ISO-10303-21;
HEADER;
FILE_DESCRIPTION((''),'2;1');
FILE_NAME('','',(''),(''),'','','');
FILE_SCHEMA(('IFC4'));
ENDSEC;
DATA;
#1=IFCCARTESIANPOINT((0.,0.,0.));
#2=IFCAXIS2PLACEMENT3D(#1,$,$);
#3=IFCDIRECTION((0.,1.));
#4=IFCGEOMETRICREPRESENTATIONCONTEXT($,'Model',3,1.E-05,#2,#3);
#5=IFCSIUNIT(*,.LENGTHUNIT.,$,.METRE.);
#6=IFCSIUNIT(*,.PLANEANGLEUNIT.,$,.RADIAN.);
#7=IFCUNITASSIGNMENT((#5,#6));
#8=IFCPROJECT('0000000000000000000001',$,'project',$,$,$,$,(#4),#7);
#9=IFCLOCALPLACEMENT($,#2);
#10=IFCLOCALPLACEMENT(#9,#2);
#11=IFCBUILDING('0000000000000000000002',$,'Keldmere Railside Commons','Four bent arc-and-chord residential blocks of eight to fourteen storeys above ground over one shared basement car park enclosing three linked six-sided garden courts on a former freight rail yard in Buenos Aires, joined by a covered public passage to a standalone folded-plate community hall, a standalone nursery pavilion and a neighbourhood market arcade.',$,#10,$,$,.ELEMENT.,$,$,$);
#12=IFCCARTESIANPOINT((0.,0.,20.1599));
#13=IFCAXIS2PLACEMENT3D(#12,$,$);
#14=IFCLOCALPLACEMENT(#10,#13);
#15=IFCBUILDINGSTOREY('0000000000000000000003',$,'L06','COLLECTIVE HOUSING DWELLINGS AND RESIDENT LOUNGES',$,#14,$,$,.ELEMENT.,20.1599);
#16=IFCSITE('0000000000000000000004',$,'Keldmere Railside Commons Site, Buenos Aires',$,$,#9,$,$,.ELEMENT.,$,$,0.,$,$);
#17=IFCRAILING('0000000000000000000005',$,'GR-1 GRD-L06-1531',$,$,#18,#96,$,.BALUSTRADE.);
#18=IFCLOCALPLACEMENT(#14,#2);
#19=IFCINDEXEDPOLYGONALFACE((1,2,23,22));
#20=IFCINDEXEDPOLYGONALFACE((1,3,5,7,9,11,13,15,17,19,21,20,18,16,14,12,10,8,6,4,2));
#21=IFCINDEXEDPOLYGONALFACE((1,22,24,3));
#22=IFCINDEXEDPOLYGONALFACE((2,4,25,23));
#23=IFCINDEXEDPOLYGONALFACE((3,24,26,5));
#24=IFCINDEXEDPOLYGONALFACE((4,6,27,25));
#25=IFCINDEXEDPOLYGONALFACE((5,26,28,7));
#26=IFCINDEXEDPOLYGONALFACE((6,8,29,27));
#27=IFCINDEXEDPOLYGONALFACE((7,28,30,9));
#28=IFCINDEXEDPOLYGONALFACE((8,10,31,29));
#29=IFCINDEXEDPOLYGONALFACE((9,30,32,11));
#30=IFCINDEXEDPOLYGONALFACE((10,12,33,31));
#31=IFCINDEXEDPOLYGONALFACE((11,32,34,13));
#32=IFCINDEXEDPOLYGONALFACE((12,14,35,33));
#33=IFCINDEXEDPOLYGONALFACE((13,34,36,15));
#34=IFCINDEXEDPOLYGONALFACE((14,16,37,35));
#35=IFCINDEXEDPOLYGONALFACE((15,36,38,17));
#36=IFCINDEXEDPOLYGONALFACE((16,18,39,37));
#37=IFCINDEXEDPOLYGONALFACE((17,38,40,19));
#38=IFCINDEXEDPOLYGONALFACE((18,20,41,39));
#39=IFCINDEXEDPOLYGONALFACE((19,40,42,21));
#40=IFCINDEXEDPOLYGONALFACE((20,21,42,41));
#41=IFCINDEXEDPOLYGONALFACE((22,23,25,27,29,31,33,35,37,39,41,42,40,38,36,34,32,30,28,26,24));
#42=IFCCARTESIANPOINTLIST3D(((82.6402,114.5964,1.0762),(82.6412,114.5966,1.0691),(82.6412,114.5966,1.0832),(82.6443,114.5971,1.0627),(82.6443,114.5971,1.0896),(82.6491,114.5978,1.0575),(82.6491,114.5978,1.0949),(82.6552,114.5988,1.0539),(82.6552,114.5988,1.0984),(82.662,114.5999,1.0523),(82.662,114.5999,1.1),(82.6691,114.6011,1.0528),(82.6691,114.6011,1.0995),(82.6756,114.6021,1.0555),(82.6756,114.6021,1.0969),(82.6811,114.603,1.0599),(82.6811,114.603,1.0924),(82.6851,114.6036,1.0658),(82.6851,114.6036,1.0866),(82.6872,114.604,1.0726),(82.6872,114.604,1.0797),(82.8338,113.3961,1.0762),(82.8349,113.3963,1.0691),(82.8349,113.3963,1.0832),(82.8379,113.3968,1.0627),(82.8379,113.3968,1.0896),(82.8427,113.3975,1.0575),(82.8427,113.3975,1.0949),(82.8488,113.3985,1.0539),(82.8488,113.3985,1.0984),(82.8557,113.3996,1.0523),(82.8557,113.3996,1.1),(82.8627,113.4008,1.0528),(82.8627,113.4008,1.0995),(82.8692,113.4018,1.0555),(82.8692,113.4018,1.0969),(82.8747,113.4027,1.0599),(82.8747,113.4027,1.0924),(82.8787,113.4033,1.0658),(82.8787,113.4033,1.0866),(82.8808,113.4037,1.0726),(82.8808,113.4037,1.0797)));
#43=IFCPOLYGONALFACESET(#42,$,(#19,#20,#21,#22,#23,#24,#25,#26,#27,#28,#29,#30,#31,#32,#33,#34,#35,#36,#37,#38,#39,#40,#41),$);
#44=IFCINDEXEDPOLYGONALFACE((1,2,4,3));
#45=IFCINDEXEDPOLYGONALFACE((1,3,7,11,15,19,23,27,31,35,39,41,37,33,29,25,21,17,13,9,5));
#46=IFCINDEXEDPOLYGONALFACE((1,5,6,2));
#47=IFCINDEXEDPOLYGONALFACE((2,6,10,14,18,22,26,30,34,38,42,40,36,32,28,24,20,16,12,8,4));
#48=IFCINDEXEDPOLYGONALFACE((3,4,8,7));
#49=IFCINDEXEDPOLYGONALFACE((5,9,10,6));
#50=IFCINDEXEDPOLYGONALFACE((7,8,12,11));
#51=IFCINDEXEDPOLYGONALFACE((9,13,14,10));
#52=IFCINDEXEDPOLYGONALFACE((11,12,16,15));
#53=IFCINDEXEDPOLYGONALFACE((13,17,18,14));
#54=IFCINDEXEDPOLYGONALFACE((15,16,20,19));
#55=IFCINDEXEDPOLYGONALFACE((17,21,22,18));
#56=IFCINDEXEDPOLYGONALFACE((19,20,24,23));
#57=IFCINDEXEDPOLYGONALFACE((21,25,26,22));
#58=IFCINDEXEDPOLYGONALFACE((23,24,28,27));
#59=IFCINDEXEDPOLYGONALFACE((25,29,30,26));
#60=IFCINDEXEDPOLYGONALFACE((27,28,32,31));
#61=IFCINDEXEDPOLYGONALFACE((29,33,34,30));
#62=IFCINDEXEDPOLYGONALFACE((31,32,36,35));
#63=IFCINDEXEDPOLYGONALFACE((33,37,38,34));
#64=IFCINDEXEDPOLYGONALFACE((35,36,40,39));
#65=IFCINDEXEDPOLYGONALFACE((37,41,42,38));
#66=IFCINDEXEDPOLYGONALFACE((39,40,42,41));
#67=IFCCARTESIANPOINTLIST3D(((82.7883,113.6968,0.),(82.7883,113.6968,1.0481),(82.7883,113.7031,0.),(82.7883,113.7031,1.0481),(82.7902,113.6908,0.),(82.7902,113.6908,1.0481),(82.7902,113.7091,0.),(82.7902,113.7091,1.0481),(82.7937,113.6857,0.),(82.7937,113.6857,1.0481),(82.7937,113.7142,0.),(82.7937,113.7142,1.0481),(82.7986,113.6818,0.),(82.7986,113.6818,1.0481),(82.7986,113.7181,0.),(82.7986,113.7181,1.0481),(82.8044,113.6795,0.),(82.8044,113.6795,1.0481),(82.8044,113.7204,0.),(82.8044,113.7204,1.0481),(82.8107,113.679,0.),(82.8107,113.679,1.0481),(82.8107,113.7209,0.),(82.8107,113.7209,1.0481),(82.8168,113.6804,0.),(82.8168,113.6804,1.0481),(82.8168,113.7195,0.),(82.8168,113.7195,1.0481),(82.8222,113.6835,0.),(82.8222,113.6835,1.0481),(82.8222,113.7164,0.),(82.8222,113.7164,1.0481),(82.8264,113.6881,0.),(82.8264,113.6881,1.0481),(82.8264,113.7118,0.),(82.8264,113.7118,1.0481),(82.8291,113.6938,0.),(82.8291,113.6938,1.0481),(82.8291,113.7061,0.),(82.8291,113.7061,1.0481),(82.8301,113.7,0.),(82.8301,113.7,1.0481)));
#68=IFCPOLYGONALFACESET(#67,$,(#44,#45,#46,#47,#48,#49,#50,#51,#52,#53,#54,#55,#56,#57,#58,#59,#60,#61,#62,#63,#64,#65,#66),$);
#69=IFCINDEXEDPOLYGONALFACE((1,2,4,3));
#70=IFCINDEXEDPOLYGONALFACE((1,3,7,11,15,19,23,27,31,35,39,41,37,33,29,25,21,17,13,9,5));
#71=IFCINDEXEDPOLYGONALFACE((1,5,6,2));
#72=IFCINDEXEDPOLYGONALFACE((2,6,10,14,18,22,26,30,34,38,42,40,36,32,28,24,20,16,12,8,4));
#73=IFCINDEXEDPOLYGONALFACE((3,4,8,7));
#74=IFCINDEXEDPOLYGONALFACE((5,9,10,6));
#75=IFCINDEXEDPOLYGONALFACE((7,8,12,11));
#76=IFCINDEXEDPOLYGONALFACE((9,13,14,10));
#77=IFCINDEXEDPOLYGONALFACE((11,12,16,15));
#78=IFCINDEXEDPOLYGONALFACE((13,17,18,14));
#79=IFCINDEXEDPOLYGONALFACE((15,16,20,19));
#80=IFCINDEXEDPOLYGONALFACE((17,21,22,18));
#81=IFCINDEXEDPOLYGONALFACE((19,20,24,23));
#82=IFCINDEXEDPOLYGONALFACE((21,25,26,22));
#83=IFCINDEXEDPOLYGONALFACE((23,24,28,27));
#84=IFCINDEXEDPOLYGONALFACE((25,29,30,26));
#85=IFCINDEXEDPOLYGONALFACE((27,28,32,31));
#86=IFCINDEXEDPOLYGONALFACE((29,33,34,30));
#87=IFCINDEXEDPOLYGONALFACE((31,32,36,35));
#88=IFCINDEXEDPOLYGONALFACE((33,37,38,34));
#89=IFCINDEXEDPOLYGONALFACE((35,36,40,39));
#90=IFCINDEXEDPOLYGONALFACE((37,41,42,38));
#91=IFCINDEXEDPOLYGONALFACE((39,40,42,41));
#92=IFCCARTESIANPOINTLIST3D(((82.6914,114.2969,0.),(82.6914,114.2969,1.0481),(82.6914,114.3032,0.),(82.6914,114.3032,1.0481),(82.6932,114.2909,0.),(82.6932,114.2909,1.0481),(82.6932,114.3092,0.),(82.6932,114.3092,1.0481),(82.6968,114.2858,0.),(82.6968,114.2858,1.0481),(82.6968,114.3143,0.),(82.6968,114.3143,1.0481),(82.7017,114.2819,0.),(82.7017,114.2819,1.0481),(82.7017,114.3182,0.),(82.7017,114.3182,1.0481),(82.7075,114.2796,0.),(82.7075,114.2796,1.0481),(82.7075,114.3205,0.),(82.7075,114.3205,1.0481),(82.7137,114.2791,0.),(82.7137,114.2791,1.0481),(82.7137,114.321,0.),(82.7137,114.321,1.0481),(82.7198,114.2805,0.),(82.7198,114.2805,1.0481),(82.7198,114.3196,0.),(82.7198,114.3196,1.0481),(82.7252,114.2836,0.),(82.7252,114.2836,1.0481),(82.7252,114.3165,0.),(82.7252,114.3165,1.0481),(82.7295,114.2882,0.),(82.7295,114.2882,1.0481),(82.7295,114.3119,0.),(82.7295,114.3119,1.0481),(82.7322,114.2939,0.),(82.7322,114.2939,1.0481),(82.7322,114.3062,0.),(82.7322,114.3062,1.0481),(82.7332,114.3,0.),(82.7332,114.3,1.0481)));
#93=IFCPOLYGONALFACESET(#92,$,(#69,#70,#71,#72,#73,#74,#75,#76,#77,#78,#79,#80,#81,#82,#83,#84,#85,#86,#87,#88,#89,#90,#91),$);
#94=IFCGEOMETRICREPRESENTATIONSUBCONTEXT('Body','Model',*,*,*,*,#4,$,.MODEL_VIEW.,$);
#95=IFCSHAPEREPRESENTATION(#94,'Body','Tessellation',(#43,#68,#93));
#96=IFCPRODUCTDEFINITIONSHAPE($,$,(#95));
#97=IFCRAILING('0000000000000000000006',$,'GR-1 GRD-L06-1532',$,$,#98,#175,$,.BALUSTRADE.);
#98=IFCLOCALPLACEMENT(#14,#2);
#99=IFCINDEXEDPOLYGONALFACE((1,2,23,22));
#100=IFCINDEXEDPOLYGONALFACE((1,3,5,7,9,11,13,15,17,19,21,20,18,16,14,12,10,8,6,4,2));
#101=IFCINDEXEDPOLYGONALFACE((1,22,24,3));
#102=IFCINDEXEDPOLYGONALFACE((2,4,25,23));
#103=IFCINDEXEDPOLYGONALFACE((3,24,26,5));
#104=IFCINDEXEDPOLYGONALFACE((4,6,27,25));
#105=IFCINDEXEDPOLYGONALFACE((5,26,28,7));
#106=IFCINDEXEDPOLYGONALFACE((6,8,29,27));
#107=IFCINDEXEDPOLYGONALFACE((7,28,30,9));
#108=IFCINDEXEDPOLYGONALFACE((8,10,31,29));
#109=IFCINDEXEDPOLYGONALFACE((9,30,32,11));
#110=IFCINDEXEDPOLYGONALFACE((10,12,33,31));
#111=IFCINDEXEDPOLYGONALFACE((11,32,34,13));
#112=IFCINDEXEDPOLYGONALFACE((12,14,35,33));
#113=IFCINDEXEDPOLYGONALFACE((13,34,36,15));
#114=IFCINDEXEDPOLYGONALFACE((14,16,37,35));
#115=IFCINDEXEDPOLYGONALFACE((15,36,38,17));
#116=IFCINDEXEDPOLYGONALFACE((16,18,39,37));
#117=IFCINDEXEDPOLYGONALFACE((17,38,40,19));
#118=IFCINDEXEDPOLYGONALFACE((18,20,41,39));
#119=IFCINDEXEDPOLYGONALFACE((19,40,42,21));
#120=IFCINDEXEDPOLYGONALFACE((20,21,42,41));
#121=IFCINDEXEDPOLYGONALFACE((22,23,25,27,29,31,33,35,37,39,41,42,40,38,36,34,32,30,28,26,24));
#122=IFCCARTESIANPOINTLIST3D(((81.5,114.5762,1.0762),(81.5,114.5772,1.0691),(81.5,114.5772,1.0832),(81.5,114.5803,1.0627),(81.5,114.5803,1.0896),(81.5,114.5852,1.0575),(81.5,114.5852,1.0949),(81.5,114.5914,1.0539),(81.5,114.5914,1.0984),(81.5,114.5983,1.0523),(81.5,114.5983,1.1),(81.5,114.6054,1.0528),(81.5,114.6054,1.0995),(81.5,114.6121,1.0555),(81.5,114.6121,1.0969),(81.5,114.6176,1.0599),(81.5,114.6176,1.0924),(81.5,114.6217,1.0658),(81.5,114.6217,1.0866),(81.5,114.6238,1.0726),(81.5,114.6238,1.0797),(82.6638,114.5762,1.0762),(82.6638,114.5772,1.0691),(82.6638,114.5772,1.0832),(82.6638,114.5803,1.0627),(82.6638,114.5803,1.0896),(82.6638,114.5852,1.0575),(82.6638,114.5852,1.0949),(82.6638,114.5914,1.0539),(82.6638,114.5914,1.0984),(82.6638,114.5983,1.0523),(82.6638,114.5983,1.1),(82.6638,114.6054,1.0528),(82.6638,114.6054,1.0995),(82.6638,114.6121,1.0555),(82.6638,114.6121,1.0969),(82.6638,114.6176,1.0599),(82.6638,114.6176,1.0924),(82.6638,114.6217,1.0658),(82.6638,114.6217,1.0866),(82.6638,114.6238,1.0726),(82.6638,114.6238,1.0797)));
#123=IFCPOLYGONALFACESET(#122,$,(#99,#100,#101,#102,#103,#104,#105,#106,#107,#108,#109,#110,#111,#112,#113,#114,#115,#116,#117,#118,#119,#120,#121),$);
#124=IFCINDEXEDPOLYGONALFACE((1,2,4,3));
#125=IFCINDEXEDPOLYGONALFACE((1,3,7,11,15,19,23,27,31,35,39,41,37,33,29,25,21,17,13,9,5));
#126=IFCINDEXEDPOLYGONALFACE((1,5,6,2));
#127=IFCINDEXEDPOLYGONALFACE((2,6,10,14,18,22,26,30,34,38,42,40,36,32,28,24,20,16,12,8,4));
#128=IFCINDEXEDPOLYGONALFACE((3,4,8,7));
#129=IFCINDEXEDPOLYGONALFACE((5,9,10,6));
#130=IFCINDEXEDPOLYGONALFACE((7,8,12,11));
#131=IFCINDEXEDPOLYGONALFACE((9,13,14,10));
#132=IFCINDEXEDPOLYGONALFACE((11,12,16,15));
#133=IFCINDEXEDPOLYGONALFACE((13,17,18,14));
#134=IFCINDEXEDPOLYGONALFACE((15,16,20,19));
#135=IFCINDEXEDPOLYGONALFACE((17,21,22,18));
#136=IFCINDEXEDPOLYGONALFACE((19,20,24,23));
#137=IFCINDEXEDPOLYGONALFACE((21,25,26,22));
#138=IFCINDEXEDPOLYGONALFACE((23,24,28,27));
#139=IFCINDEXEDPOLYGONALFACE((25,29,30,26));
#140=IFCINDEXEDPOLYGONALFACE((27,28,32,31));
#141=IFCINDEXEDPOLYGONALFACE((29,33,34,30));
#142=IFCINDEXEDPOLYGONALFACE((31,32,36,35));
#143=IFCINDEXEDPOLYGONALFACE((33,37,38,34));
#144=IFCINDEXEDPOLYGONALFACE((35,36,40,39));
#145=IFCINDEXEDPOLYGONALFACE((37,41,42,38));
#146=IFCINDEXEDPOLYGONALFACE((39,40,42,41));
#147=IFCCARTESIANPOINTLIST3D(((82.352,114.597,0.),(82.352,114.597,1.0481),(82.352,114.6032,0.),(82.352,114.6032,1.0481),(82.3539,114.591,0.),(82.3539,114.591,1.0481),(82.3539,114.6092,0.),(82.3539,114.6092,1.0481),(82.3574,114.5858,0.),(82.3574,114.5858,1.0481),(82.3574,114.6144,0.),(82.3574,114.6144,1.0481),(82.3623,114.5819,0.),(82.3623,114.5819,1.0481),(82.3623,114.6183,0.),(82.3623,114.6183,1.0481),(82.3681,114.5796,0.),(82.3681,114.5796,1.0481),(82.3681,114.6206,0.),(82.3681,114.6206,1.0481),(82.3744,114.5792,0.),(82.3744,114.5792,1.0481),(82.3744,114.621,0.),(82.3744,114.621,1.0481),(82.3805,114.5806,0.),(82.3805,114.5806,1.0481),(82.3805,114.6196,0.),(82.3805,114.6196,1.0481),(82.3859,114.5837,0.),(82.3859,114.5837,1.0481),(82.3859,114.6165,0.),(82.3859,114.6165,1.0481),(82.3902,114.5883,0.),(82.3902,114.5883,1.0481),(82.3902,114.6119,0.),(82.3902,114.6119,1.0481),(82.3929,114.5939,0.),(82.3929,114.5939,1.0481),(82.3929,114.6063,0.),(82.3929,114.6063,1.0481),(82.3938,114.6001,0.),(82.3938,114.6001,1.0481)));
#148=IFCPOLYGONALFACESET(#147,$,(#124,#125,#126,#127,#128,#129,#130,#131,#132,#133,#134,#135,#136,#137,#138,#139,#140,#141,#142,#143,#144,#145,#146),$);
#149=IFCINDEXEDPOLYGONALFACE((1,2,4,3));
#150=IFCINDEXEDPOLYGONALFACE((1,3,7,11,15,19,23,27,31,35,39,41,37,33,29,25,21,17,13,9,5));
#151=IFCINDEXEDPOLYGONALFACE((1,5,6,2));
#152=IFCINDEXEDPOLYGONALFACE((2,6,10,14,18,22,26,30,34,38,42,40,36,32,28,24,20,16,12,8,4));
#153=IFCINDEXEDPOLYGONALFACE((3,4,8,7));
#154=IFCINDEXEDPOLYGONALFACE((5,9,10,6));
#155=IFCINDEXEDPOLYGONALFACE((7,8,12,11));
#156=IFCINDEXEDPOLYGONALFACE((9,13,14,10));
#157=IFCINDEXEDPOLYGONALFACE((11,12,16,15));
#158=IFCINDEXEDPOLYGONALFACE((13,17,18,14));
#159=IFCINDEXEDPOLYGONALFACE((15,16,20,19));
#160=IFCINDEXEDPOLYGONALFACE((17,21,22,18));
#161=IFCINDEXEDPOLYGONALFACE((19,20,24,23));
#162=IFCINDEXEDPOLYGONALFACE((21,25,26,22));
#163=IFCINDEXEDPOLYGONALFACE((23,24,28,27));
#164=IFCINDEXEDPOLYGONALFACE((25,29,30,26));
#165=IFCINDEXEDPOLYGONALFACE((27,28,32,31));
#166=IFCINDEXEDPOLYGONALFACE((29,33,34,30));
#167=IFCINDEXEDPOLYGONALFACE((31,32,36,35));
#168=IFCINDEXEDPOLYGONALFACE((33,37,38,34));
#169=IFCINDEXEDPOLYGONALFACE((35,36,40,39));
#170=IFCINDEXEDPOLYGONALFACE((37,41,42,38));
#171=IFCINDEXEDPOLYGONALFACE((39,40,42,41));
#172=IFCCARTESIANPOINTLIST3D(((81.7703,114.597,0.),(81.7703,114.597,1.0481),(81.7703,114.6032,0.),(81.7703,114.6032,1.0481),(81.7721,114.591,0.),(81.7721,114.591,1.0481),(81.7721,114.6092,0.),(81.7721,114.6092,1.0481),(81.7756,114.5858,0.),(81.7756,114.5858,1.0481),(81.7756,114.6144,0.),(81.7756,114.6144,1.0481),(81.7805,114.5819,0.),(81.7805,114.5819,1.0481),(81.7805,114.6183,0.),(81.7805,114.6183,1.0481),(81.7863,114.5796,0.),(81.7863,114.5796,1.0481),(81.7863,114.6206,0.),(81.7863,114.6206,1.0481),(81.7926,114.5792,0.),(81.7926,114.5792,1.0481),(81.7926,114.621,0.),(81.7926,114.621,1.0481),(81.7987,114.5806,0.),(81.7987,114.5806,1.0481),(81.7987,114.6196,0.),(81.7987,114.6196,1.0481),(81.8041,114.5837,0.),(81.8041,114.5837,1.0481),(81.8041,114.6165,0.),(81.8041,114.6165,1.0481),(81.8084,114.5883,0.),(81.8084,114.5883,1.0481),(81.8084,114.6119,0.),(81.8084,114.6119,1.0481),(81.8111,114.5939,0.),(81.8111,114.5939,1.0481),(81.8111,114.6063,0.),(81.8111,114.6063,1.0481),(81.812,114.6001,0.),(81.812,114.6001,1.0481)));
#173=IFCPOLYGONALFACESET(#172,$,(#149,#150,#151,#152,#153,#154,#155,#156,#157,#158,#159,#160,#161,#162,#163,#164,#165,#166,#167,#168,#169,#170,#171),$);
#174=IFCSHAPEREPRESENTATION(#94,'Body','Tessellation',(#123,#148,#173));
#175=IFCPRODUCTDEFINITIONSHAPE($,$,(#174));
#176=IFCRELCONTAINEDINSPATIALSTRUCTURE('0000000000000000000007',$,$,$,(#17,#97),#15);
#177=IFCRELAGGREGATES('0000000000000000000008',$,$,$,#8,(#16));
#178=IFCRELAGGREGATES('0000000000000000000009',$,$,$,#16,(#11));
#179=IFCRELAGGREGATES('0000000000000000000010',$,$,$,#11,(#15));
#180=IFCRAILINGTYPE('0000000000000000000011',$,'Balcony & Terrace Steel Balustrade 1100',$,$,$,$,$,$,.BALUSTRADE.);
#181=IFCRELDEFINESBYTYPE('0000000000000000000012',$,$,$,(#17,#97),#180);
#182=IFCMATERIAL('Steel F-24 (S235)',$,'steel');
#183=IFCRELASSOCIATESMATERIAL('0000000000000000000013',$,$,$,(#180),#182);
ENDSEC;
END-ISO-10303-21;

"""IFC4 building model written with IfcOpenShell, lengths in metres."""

from ifc_helpers import new_model, si_unit, direction, frame, origin, origin_2d, place, context, subcontext, project, spatial, circle, extrude, material, type_object, element, save


model = new_model("IFC4")

# Units and contexts
model_context = context("Model", 3, precision=1e-05, world=origin(), true_north=direction((0.0, 1.0)))
body_context = subcontext(model_context, "Body", "Model", "MODEL_VIEW")
ifc_project = project(units=[si_unit("LENGTHUNIT", "METRE"), si_unit("PLANEANGLEUNIT", "RADIAN")], contexts=[model_context])

# Site, building, storey
site_placement = place(None, origin())
site = spatial("IfcSite", under=ifc_project, at=site_placement, Name="Keldmere Railside Commons Site, Buenos Aires", CompositionType="ELEMENT", RefElevation=0.0)
building_placement = place(site_placement, origin())
building = spatial("IfcBuilding", under=site, at=building_placement, Name="Keldmere Railside Commons", Description="Four bent arc-and-chord residential blocks of eight to fourteen storeys above ground over one shared basement car park enclosing three linked six-sided garden courts on a former freight rail yard in Buenos Aires, joined by a covered public passage to a standalone folded-plate community hall, a standalone nursery pavilion and a neighbourhood market arcade.", CompositionType="ELEMENT")
storey_placement = place(building_placement, frame((0.0, 0.0, 20.1599)))
storey = spatial("IfcBuildingStorey", under=building, at=storey_placement, Name="L06", Description="COLLECTIVE HOUSING DWELLINGS AND RESIDENT LOUNGES", CompositionType="ELEMENT", Elevation=20.1599)

# Railings
ifc_material_1 = material(Name="Steel F-24 (S235)", Category="steel")
railing_type = type_object("IfcRailingType", Name="Balcony & Terrace Steel Balustrade 1100", PredefinedType="BALUSTRADE", material=ifc_material_1)
railing_1_placement = place(storey_placement, frame((82.8574, 113.3999, 0.0)))
element("IfcRailing", 1, at=railing_1_placement, inside=storey, type_object=railing_type, Name="GR-1 GRD-L06-1531", PredefinedType="BALUSTRADE", context=body_context, shape_type="SweptSolid", body=[
    extrude(circle(Radius=0.0239, at=origin_2d()), frame((0.0, 0.0, 1.0762), z_axis=(-0.159251, 0.987238, 0.0), x_axis=(-0.987238, -0.159251, 0.0)), (0.0, 0.0, 1.0), 1.2158),
    extrude(circle(Radius=0.021, at=origin_2d()), frame((-0.0483, 0.3, 0.0)), (0.0, 0.0, 1.0), 1.0481),
    extrude(circle(Radius=0.021, at=origin_2d()), frame((-0.1453, 0.9001, 0.0)), (0.0, 0.0, 1.0), 1.0481),
])
railing_2_placement = place(storey_placement, frame((82.6638, 114.6001, 0.0)))
element("IfcRailing", 2, at=railing_2_placement, inside=storey, type_object=railing_type, Name="GR-1 GRD-L06-1532", PredefinedType="BALUSTRADE", context=body_context, shape_type="SweptSolid", body=[
    extrude(circle(Radius=0.0239, at=origin_2d()), frame((0.0, 0.0, 1.0762), z_axis=(-1.0, 0.0, 0.0), x_axis=(0.0, -1.0, 0.0)), (0.0, 0.0, 1.0), 1.1638),
    extrude(circle(Radius=0.021, at=origin_2d()), frame((-0.291, 0.0, 0.0)), (0.0, 0.0, 1.0), 1.0481),
    extrude(circle(Radius=0.021, at=origin_2d()), frame((-0.8728, 0.0, 0.0)), (0.0, 0.0, 1.0), 1.0481),
])

save(model, "model.ifc")
